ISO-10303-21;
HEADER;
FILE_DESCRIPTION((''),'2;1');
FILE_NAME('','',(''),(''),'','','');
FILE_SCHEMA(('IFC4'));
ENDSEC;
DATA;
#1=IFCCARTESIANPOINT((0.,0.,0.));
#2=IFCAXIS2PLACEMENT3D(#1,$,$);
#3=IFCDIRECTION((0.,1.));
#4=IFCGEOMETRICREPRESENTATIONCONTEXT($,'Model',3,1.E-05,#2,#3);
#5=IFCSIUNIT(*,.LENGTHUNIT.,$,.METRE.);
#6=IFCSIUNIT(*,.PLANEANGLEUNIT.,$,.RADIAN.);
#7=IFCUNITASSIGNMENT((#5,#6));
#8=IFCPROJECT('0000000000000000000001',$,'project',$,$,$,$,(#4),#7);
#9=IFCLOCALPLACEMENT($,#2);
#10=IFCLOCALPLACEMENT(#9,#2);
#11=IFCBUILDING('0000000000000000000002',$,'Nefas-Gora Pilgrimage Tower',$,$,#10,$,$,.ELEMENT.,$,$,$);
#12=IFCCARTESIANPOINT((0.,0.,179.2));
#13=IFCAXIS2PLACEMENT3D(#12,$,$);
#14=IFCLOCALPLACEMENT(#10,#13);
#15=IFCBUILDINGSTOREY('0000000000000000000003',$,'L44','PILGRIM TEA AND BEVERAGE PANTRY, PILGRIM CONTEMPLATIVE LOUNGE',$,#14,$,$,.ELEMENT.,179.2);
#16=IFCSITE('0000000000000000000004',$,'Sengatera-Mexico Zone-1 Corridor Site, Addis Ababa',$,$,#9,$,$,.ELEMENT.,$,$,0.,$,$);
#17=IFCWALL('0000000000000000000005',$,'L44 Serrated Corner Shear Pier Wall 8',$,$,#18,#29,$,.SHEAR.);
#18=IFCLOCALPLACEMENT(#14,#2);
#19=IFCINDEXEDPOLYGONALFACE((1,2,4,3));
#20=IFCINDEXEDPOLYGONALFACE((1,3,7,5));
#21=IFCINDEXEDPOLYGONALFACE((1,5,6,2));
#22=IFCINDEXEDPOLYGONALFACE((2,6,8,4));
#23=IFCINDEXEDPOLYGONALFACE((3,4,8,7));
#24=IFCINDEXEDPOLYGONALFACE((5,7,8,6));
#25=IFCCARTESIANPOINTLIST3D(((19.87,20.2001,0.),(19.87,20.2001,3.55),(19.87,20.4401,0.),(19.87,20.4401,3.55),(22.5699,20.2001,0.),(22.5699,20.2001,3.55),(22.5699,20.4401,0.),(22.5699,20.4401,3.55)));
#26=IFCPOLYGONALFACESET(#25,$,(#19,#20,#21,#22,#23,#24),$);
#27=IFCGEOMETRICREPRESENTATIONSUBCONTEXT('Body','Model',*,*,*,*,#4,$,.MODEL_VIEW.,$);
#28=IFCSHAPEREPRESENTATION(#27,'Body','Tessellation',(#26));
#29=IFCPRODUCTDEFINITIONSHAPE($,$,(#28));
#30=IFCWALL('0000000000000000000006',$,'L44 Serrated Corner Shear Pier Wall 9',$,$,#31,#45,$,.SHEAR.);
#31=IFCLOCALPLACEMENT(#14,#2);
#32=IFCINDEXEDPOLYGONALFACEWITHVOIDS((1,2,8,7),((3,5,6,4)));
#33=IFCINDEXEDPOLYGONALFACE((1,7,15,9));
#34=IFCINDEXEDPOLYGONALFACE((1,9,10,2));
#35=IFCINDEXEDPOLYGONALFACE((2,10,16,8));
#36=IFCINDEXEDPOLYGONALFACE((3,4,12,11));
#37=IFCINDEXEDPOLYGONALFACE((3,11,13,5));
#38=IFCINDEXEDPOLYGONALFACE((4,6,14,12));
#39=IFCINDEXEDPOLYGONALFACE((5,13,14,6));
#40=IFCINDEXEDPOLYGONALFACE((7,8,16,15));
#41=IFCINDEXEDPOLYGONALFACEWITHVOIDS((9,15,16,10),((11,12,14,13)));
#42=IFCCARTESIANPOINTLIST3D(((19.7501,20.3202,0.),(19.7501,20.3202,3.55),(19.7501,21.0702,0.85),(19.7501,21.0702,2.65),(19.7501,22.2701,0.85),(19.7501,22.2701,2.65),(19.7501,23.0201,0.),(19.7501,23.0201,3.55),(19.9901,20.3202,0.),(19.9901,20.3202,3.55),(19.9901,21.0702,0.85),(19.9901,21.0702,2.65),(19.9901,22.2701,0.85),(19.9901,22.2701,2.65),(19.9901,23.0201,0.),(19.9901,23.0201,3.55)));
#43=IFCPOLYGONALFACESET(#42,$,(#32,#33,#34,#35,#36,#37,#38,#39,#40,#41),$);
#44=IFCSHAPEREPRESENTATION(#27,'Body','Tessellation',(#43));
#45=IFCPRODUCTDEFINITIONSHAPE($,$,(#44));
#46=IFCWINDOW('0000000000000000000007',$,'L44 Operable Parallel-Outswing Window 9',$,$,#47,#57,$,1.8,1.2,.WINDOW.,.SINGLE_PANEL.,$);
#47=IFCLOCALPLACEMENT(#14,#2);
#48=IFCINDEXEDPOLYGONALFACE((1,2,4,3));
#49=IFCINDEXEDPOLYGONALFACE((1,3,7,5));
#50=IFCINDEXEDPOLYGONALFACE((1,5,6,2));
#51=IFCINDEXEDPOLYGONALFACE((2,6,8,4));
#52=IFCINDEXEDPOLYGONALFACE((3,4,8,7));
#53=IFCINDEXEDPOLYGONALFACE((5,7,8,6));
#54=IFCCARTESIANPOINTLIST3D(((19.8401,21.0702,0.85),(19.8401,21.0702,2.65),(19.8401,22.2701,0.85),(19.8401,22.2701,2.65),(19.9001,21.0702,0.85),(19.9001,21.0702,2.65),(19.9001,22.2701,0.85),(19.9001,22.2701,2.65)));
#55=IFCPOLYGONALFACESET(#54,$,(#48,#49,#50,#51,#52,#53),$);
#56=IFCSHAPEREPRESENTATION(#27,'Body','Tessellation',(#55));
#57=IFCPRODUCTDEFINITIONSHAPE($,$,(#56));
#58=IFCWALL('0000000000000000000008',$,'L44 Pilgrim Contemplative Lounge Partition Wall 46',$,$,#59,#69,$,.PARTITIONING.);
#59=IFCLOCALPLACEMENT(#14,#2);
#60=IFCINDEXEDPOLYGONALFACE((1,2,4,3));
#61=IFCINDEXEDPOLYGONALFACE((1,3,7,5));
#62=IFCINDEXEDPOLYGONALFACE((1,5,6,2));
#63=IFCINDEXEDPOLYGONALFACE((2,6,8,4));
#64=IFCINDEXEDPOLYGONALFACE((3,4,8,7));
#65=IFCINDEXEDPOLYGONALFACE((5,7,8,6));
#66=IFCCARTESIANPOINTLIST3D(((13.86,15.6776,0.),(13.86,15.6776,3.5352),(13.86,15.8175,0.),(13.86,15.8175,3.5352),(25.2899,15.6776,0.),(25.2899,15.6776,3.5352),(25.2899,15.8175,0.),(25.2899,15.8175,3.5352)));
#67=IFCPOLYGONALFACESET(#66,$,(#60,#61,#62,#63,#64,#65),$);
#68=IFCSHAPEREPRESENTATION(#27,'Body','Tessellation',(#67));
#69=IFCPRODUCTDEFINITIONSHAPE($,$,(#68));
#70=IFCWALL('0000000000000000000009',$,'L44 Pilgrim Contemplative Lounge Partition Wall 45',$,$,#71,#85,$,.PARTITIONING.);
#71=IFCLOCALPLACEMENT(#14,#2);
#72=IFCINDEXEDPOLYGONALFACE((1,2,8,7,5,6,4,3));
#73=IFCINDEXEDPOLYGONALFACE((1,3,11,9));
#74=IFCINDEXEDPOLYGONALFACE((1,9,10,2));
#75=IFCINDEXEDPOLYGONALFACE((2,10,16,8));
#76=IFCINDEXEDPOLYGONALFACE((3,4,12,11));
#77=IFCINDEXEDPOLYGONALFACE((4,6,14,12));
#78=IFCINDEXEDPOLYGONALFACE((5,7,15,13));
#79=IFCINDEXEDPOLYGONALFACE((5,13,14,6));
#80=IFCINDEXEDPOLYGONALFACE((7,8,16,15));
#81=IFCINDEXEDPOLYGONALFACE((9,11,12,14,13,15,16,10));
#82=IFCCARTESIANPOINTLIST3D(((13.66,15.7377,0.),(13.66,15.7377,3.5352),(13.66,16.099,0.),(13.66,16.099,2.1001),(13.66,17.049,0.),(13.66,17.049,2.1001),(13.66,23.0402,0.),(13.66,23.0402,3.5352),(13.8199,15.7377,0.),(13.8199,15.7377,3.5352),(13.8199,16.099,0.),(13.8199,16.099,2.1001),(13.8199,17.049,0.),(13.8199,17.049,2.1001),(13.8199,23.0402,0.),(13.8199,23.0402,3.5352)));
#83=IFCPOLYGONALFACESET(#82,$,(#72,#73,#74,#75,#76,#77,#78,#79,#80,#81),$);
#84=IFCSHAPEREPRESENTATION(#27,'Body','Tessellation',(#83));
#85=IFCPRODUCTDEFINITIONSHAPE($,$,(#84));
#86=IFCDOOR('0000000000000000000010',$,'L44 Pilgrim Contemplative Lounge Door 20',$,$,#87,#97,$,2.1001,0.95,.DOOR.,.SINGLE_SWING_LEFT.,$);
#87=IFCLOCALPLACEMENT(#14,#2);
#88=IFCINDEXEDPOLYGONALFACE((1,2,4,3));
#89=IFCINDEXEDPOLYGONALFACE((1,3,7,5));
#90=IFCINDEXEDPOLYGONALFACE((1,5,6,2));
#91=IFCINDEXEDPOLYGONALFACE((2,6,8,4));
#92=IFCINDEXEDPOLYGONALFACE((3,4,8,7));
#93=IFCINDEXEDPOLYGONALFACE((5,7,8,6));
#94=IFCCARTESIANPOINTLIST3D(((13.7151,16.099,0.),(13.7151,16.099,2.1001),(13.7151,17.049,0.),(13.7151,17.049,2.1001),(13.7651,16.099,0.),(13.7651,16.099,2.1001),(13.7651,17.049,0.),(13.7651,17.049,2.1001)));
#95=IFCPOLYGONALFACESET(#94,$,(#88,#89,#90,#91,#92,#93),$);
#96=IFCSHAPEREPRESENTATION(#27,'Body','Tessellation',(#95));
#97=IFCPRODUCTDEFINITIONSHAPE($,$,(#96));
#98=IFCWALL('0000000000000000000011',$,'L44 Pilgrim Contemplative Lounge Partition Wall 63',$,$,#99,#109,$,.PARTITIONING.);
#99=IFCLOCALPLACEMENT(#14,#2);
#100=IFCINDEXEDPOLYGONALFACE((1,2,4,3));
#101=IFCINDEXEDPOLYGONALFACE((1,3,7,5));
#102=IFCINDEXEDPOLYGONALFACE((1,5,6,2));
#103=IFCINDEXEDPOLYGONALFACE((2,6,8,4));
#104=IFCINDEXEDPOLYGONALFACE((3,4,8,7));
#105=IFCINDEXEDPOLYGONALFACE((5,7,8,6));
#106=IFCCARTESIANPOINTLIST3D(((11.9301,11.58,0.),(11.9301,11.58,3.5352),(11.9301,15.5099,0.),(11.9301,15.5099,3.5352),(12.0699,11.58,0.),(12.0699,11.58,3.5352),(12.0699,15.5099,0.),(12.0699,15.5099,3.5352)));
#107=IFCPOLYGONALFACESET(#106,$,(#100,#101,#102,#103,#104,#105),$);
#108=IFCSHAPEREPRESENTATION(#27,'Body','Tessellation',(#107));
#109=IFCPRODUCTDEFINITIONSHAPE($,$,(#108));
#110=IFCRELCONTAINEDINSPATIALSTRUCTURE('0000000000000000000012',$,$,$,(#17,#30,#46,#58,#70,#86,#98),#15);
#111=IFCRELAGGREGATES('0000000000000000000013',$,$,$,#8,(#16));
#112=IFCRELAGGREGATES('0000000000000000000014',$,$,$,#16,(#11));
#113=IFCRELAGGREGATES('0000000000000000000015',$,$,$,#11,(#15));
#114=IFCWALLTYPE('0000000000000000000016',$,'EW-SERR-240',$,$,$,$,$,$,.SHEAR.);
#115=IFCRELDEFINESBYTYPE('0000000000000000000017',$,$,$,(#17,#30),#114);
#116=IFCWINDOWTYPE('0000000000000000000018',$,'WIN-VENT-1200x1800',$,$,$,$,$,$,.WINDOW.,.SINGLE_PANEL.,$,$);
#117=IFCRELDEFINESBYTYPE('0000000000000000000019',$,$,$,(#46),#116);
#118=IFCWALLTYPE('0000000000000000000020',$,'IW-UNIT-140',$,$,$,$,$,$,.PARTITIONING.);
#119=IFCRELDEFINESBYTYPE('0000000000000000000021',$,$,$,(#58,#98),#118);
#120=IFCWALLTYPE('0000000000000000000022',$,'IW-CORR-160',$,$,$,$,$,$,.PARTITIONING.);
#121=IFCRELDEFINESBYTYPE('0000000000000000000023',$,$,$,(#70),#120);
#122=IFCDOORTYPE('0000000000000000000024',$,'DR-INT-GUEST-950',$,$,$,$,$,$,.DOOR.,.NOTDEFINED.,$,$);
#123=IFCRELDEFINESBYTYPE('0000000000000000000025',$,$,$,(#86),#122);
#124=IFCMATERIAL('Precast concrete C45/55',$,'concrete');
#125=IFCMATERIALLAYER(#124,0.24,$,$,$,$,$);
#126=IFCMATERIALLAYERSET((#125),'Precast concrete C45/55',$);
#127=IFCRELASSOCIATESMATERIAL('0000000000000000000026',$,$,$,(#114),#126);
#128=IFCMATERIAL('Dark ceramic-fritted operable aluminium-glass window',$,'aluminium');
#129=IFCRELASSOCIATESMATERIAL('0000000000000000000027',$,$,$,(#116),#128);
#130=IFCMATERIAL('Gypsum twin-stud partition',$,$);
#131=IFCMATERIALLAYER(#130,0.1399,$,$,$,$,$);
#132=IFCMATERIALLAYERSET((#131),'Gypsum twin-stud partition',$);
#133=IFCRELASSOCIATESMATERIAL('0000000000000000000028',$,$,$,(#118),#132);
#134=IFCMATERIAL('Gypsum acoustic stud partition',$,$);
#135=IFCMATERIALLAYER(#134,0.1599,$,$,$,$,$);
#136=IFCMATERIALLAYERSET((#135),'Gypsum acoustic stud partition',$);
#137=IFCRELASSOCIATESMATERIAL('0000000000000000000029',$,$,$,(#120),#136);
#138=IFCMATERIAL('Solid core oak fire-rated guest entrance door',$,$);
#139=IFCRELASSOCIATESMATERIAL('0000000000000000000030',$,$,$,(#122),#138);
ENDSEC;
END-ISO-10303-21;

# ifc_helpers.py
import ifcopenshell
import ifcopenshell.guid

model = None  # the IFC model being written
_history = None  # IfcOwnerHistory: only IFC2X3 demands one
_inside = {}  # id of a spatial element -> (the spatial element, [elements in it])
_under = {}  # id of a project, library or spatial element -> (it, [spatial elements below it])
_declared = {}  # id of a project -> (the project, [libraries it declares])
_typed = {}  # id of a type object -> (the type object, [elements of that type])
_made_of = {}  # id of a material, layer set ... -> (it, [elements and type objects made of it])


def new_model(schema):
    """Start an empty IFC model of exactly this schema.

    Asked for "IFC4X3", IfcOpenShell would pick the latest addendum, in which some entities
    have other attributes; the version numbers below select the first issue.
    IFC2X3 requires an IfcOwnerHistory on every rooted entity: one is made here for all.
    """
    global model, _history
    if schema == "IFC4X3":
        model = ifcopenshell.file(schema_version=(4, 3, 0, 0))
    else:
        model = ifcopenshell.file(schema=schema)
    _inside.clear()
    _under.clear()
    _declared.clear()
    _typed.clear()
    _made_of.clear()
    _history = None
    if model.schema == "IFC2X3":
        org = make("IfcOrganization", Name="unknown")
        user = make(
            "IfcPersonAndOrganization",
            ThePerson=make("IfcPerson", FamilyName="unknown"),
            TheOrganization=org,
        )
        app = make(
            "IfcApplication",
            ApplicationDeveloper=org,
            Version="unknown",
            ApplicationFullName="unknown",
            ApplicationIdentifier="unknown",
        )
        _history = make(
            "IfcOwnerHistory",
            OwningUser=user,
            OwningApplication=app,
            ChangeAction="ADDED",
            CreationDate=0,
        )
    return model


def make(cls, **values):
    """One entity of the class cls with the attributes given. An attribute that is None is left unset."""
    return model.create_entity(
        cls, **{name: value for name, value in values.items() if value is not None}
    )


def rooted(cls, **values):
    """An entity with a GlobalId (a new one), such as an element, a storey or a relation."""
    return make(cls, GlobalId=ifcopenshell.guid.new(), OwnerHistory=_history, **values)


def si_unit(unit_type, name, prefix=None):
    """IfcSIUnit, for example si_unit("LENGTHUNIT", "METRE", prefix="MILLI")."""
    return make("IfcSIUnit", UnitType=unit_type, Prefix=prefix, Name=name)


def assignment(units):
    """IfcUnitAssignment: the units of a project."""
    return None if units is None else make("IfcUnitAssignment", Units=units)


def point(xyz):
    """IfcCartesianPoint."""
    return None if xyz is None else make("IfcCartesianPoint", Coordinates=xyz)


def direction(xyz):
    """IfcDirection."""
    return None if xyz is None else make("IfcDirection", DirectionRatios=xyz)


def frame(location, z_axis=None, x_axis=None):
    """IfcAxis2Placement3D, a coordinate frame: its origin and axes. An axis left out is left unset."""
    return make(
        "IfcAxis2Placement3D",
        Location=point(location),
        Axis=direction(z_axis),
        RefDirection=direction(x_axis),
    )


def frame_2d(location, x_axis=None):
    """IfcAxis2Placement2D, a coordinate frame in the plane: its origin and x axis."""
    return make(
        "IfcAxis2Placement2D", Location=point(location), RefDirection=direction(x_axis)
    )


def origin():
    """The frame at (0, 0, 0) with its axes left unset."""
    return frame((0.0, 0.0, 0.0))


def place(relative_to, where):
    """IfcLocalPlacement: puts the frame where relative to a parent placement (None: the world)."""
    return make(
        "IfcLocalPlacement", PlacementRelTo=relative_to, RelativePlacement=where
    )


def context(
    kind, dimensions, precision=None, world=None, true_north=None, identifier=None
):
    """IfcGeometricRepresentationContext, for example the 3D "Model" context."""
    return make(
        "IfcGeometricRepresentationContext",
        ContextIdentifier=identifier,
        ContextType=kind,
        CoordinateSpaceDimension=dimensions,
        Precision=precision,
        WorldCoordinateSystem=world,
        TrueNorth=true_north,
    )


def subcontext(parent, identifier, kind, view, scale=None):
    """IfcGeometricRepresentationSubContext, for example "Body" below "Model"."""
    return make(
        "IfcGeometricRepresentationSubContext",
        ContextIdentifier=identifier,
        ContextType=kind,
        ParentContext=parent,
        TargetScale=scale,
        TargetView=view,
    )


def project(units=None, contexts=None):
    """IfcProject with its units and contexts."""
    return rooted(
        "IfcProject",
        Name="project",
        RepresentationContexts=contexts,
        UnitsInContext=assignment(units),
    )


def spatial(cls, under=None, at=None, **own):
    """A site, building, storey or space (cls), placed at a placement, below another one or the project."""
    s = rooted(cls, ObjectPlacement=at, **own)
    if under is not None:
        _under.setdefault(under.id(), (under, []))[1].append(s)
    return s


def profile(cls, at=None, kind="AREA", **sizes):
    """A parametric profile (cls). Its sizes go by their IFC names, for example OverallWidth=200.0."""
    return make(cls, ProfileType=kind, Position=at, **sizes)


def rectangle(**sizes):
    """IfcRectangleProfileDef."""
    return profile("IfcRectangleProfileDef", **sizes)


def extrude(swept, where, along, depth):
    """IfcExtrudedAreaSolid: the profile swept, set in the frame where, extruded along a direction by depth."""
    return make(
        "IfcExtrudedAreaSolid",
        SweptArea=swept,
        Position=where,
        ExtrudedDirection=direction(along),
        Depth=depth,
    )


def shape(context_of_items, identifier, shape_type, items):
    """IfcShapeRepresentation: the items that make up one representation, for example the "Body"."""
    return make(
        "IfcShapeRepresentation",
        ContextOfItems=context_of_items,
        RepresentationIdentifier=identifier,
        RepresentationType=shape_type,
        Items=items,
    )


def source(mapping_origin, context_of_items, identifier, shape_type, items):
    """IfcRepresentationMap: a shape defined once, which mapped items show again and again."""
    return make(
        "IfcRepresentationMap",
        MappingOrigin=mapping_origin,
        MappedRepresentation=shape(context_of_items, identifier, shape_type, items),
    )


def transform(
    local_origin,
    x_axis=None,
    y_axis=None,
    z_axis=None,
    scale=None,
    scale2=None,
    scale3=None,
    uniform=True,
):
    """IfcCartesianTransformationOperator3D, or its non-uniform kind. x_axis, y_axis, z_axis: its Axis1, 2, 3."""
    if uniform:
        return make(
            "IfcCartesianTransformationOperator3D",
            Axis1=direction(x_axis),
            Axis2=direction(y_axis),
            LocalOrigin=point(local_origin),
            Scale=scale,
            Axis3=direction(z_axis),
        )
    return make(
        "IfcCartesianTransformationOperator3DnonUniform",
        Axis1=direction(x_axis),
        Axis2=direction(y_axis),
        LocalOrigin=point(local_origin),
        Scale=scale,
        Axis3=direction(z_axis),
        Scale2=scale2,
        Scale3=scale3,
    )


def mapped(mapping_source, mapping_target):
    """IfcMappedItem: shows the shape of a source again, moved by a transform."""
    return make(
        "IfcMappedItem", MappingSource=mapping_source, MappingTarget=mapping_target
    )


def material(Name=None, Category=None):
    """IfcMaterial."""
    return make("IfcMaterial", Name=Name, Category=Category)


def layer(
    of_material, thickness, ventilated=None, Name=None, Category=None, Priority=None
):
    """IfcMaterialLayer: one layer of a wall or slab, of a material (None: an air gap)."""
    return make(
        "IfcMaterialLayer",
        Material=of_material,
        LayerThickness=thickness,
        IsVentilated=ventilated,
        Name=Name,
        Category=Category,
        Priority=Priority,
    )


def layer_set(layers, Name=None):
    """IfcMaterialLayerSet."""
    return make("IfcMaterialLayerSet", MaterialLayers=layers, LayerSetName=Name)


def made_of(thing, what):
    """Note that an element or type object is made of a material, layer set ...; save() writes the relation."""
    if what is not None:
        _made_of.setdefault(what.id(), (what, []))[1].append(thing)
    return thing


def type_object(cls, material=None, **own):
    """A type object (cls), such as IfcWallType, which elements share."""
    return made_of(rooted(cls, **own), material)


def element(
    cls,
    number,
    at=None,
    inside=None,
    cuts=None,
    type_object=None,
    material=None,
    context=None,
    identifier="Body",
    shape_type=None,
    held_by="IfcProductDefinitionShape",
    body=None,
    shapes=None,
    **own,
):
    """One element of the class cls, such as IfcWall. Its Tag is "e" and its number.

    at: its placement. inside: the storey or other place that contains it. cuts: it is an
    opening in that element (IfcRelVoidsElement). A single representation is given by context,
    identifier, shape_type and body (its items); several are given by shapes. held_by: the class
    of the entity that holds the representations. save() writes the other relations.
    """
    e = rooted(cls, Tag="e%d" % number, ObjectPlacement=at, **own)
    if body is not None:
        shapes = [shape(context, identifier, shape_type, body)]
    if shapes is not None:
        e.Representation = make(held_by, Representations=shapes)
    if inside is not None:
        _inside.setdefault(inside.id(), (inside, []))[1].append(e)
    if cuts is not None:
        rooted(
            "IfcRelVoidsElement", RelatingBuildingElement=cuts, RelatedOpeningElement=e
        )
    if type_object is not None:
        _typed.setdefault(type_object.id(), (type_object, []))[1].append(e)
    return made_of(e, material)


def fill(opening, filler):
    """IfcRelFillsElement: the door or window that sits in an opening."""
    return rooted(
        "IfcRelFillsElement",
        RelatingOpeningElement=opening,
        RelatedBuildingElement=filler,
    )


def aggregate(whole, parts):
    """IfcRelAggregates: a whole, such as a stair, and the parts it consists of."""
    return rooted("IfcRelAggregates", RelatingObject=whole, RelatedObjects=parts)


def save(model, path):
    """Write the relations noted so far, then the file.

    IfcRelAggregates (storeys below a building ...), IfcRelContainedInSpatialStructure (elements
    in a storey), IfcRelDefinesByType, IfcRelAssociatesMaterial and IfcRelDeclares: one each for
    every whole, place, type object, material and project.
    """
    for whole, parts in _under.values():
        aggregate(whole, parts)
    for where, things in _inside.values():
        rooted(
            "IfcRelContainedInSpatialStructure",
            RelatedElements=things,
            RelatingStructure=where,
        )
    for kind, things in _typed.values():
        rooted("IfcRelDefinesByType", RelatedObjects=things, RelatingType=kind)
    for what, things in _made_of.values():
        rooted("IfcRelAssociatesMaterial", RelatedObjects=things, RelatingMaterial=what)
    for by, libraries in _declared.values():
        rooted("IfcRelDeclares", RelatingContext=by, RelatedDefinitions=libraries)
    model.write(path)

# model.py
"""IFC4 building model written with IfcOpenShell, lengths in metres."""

from ifc_helpers import new_model, si_unit, direction, frame, frame_2d, origin, place, context, subcontext, project, spatial, rectangle, extrude, source, transform, mapped, material, layer, layer_set, type_object, element, fill, save


model = new_model("IFC4")

# Units and contexts
model_context = context("Model", 3, precision=1e-05, world=origin(), true_north=direction((0.0, 1.0)))
body_context = subcontext(model_context, "Body", "Model", "MODEL_VIEW")
ifc_project = project(units=[si_unit("LENGTHUNIT", "METRE"), si_unit("PLANEANGLEUNIT", "RADIAN")], contexts=[model_context])

# Site, building, storey
site_placement = place(None, origin())
site = spatial("IfcSite", under=ifc_project, at=site_placement, Name="Sengatera-Mexico Zone-1 Corridor Site, Addis Ababa", CompositionType="ELEMENT", RefElevation=0.0)
building_placement = place(site_placement, origin())
building = spatial("IfcBuilding", under=site, at=building_placement, Name="Nefas-Gora Pilgrimage Tower", CompositionType="ELEMENT")
storey_placement = place(building_placement, frame((0.0, 0.0, 179.2)))
storey = spatial("IfcBuildingStorey", under=building, at=storey_placement, Name="L44", Description="PILGRIM TEA AND BEVERAGE PANTRY, PILGRIM CONTEMPLATIVE LOUNGE", CompositionType="ELEMENT", Elevation=179.2)

# Wall
ifc_material_1 = material(Name="Precast concrete C45/55", Category="concrete")
ifc_layer_1 = layer(ifc_material_1, 0.24)
ifc_layer_set_1 = layer_set([ifc_layer_1], Name="Precast concrete C45/55")
wall_type_1 = type_object("IfcWallType", Name="EW-SERR-240", PredefinedType="SHEAR", material=ifc_layer_set_1)
shared_shape_1 = source(origin(), body_context, "Body", "SweptSolid", [
    extrude(rectangle(XDim=2.7, YDim=0.24, at=frame_2d((1.3501, 0.0))), origin(), (0.0, 0.0, 1.0), 3.55),
])
for number, where, z_axis, x_axis, name in (
    (1, (22.5701, 20.3201, 0.0), (0.0, 0.0, 1.0), (-1.0, 0.0, 0.0), "L44 Serrated Corner Shear Pier Wall 8"),
):
    element("IfcWall", number, at=place(storey_placement, frame(where, z_axis=z_axis, x_axis=x_axis)), inside=storey, type_object=wall_type_1, Name=name, PredefinedType="SHEAR", context=body_context, shape_type="MappedRepresentation", body=[
        mapped(shared_shape_1, transform((0.0, 0.0, 0.0), x_axis=(1.0, 0.0, 0.0), y_axis=(0.0, 1.0, 0.0), z_axis=(0.0, 0.0, 1.0), scale=1.0)),
    ])

# Wall, opening, window
wall_1_placement = place(storey_placement, frame((19.8701, 20.3201, 0.0), z_axis=(0.0, 0.0, 1.0), x_axis=(0.0, 1.0, 0.0)))
wall_1 = element("IfcWall", 2, at=wall_1_placement, inside=storey, type_object=wall_type_1, Name="L44 Serrated Corner Shear Pier Wall 9", PredefinedType="SHEAR", context=body_context, shape_type="MappedRepresentation", body=[
    mapped(shared_shape_1, transform((0.0, 0.0, 0.0), x_axis=(1.0, 0.0, 0.0), y_axis=(0.0, 1.0, 0.0), z_axis=(0.0, 0.0, 1.0), scale=1.0)),
])
opening_1_placement = place(wall_1_placement, frame((0.75, 0.0, 0.8501)))
opening_1 = element("IfcOpeningElement", 3, at=opening_1_placement, cuts=wall_1, PredefinedType="OPENING", context=body_context, shape_type="SweptSolid", body=[
    extrude(rectangle(XDim=1.2, YDim=1.8, at=frame_2d((0.6001, 0.8999))), frame((0.0, 0.1299, 0.0), z_axis=(0.0, -1.0, 0.0), x_axis=(1.0, 0.0, 0.0)), (0.0, 0.0, 1.0), 0.26),
])
ifc_material_2 = material(Name="Dark ceramic-fritted operable aluminium-glass window", Category="aluminium")
window_type = type_object("IfcWindowType", Name="WIN-VENT-1200x1800", PartitioningType="SINGLE_PANEL", PredefinedType="WINDOW", material=ifc_material_2)
shared_shape_2 = source(origin(), body_context, "Body", "SweptSolid", [
    extrude(rectangle(XDim=1.2, YDim=1.8, at=frame_2d((0.6001, 0.8999))), frame((0.0, 0.03, 0.0), z_axis=(0.0, -1.0, 0.0), x_axis=(1.0, 0.0, 0.0)), (0.0, 0.0, 1.0), 0.0601),
])
window_placement = place(opening_1_placement, origin())
window = element("IfcWindow", 4, at=window_placement, inside=storey, type_object=window_type, Name="L44 Operable Parallel-Outswing Window 9", OverallHeight=1.8, OverallWidth=1.2, PartitioningType="SINGLE_PANEL", PredefinedType="WINDOW", context=body_context, shape_type="MappedRepresentation", body=[
    mapped(shared_shape_2, transform((0.0, 0.0, 0.0), x_axis=(1.0, 0.0, 0.0), y_axis=(0.0, 1.0, 0.0), z_axis=(0.0, 0.0, 1.0), scale=1.0)),
])
fill(opening_1, window)

# Wall
ifc_material_3 = material(Name="Gypsum twin-stud partition")
ifc_layer_2 = layer(ifc_material_3, 0.1399)
ifc_layer_set_2 = layer_set([ifc_layer_2], Name="Gypsum twin-stud partition")
wall_type_2 = type_object("IfcWallType", Name="IW-UNIT-140", PredefinedType="PARTITIONING", material=ifc_layer_set_2)
shared_shape_3 = source(origin(), body_context, "Body", "SweptSolid", [
    extrude(rectangle(XDim=11.4299, YDim=0.1399, at=frame_2d((5.7148, 0.0))), origin(), (0.0, 0.0, 1.0), 3.5352),
])
wall_2_placement = place(storey_placement, frame((13.8601, 15.7476, 0.0), z_axis=(0.0, 0.0, 1.0), x_axis=(1.0, 0.0, 0.0)))
element("IfcWall", 5, at=wall_2_placement, inside=storey, type_object=wall_type_2, Name="L44 Pilgrim Contemplative Lounge Partition Wall 46", PredefinedType="PARTITIONING", context=body_context, shape_type="MappedRepresentation", body=[
    mapped(shared_shape_3, transform((0.0, 0.0, 0.0), x_axis=(1.0, 0.0, 0.0), y_axis=(0.0, 1.0, 0.0), z_axis=(0.0, 0.0, 1.0), scale=1.0)),
])

# Wall, opening, door
ifc_material_4 = material(Name="Gypsum acoustic stud partition")
ifc_layer_3 = layer(ifc_material_4, 0.1599)
ifc_layer_set_3 = layer_set([ifc_layer_3], Name="Gypsum acoustic stud partition")
wall_type_3 = type_object("IfcWallType", Name="IW-CORR-160", PredefinedType="PARTITIONING", material=ifc_layer_set_3)
shared_shape_4 = source(origin(), body_context, "Body", "SweptSolid", [
    extrude(rectangle(XDim=7.3025, YDim=0.1599, at=frame_2d((3.6514, 0.0))), origin(), (0.0, 0.0, 1.0), 3.5352),
])
wall_3_placement = place(storey_placement, frame((13.74, 15.7375, 0.0), z_axis=(0.0, 0.0, 1.0), x_axis=(0.0, 1.0, 0.0)))
wall_3 = element("IfcWall", 6, at=wall_3_placement, inside=storey, type_object=wall_type_3, Name="L44 Pilgrim Contemplative Lounge Partition Wall 45", PredefinedType="PARTITIONING", context=body_context, shape_type="MappedRepresentation", body=[
    mapped(shared_shape_4, transform((0.0, 0.0, 0.0), x_axis=(1.0, 0.0, 0.0), y_axis=(0.0, 1.0, 0.0), z_axis=(0.0, 0.0, 1.0), scale=1.0)),
])
opening_2_placement = place(wall_3_placement, frame((0.3613, 0.0, 0.0)))
opening_2 = element("IfcOpeningElement", 7, at=opening_2_placement, cuts=wall_3, PredefinedType="OPENING", context=body_context, shape_type="SweptSolid", body=[
    extrude(rectangle(XDim=0.95, YDim=2.1001, at=frame_2d((0.4751, 1.05))), frame((0.0, 0.0898, 0.0), z_axis=(0.0, -1.0, 0.0), x_axis=(1.0, 0.0, 0.0)), (0.0, 0.0, 1.0), 0.1799),
])
ifc_material_5 = material(Name="Solid core oak fire-rated guest entrance door")
door_type = type_object("IfcDoorType", Name="DR-INT-GUEST-950", OperationType="NOTDEFINED", PredefinedType="DOOR", material=ifc_material_5)
shared_shape_5 = source(origin(), body_context, "Body", "SweptSolid", [
    extrude(rectangle(XDim=0.95, YDim=2.1001, at=frame_2d((0.4751, 1.05))), frame((0.0, 0.0249, 0.0), z_axis=(0.0, -1.0, 0.0), x_axis=(1.0, 0.0, 0.0)), (0.0, 0.0, 1.0), 0.05),
])
door_placement = place(opening_2_placement, origin())
door = element("IfcDoor", 8, at=door_placement, inside=storey, type_object=door_type, Name="L44 Pilgrim Contemplative Lounge Door 20", OperationType="SINGLE_SWING_LEFT", OverallHeight=2.1001, OverallWidth=0.95, PredefinedType="DOOR", context=body_context, shape_type="MappedRepresentation", body=[
    mapped(shared_shape_5, transform((0.0, 0.0, 0.0), x_axis=(1.0, 0.0, 0.0), y_axis=(0.0, 1.0, 0.0), z_axis=(0.0, 0.0, 1.0), scale=1.0)),
])
fill(opening_2, door)

# Wall
shared_shape_6 = source(origin(), body_context, "Body", "SweptSolid", [
    extrude(rectangle(XDim=3.9299, YDim=0.1399, at=frame_2d((1.9648, 0.0))), origin(), (0.0, 0.0, 1.0), 3.5352),
])
wall_4_placement = place(storey_placement, frame((12.0, 11.5801, 0.0), z_axis=(0.0, 0.0, 1.0), x_axis=(0.0, 1.0, 0.0)))
element("IfcWall", 9, at=wall_4_placement, inside=storey, type_object=wall_type_2, Name="L44 Pilgrim Contemplative Lounge Partition Wall 63", PredefinedType="PARTITIONING", context=body_context, shape_type="MappedRepresentation", body=[
    mapped(shared_shape_6, transform((0.0, 0.0, 0.0), x_axis=(1.0, 0.0, 0.0), y_axis=(0.0, 1.0, 0.0), z_axis=(0.0, 0.0, 1.0), scale=1.0)),
])

save(model, "model.ifc")
